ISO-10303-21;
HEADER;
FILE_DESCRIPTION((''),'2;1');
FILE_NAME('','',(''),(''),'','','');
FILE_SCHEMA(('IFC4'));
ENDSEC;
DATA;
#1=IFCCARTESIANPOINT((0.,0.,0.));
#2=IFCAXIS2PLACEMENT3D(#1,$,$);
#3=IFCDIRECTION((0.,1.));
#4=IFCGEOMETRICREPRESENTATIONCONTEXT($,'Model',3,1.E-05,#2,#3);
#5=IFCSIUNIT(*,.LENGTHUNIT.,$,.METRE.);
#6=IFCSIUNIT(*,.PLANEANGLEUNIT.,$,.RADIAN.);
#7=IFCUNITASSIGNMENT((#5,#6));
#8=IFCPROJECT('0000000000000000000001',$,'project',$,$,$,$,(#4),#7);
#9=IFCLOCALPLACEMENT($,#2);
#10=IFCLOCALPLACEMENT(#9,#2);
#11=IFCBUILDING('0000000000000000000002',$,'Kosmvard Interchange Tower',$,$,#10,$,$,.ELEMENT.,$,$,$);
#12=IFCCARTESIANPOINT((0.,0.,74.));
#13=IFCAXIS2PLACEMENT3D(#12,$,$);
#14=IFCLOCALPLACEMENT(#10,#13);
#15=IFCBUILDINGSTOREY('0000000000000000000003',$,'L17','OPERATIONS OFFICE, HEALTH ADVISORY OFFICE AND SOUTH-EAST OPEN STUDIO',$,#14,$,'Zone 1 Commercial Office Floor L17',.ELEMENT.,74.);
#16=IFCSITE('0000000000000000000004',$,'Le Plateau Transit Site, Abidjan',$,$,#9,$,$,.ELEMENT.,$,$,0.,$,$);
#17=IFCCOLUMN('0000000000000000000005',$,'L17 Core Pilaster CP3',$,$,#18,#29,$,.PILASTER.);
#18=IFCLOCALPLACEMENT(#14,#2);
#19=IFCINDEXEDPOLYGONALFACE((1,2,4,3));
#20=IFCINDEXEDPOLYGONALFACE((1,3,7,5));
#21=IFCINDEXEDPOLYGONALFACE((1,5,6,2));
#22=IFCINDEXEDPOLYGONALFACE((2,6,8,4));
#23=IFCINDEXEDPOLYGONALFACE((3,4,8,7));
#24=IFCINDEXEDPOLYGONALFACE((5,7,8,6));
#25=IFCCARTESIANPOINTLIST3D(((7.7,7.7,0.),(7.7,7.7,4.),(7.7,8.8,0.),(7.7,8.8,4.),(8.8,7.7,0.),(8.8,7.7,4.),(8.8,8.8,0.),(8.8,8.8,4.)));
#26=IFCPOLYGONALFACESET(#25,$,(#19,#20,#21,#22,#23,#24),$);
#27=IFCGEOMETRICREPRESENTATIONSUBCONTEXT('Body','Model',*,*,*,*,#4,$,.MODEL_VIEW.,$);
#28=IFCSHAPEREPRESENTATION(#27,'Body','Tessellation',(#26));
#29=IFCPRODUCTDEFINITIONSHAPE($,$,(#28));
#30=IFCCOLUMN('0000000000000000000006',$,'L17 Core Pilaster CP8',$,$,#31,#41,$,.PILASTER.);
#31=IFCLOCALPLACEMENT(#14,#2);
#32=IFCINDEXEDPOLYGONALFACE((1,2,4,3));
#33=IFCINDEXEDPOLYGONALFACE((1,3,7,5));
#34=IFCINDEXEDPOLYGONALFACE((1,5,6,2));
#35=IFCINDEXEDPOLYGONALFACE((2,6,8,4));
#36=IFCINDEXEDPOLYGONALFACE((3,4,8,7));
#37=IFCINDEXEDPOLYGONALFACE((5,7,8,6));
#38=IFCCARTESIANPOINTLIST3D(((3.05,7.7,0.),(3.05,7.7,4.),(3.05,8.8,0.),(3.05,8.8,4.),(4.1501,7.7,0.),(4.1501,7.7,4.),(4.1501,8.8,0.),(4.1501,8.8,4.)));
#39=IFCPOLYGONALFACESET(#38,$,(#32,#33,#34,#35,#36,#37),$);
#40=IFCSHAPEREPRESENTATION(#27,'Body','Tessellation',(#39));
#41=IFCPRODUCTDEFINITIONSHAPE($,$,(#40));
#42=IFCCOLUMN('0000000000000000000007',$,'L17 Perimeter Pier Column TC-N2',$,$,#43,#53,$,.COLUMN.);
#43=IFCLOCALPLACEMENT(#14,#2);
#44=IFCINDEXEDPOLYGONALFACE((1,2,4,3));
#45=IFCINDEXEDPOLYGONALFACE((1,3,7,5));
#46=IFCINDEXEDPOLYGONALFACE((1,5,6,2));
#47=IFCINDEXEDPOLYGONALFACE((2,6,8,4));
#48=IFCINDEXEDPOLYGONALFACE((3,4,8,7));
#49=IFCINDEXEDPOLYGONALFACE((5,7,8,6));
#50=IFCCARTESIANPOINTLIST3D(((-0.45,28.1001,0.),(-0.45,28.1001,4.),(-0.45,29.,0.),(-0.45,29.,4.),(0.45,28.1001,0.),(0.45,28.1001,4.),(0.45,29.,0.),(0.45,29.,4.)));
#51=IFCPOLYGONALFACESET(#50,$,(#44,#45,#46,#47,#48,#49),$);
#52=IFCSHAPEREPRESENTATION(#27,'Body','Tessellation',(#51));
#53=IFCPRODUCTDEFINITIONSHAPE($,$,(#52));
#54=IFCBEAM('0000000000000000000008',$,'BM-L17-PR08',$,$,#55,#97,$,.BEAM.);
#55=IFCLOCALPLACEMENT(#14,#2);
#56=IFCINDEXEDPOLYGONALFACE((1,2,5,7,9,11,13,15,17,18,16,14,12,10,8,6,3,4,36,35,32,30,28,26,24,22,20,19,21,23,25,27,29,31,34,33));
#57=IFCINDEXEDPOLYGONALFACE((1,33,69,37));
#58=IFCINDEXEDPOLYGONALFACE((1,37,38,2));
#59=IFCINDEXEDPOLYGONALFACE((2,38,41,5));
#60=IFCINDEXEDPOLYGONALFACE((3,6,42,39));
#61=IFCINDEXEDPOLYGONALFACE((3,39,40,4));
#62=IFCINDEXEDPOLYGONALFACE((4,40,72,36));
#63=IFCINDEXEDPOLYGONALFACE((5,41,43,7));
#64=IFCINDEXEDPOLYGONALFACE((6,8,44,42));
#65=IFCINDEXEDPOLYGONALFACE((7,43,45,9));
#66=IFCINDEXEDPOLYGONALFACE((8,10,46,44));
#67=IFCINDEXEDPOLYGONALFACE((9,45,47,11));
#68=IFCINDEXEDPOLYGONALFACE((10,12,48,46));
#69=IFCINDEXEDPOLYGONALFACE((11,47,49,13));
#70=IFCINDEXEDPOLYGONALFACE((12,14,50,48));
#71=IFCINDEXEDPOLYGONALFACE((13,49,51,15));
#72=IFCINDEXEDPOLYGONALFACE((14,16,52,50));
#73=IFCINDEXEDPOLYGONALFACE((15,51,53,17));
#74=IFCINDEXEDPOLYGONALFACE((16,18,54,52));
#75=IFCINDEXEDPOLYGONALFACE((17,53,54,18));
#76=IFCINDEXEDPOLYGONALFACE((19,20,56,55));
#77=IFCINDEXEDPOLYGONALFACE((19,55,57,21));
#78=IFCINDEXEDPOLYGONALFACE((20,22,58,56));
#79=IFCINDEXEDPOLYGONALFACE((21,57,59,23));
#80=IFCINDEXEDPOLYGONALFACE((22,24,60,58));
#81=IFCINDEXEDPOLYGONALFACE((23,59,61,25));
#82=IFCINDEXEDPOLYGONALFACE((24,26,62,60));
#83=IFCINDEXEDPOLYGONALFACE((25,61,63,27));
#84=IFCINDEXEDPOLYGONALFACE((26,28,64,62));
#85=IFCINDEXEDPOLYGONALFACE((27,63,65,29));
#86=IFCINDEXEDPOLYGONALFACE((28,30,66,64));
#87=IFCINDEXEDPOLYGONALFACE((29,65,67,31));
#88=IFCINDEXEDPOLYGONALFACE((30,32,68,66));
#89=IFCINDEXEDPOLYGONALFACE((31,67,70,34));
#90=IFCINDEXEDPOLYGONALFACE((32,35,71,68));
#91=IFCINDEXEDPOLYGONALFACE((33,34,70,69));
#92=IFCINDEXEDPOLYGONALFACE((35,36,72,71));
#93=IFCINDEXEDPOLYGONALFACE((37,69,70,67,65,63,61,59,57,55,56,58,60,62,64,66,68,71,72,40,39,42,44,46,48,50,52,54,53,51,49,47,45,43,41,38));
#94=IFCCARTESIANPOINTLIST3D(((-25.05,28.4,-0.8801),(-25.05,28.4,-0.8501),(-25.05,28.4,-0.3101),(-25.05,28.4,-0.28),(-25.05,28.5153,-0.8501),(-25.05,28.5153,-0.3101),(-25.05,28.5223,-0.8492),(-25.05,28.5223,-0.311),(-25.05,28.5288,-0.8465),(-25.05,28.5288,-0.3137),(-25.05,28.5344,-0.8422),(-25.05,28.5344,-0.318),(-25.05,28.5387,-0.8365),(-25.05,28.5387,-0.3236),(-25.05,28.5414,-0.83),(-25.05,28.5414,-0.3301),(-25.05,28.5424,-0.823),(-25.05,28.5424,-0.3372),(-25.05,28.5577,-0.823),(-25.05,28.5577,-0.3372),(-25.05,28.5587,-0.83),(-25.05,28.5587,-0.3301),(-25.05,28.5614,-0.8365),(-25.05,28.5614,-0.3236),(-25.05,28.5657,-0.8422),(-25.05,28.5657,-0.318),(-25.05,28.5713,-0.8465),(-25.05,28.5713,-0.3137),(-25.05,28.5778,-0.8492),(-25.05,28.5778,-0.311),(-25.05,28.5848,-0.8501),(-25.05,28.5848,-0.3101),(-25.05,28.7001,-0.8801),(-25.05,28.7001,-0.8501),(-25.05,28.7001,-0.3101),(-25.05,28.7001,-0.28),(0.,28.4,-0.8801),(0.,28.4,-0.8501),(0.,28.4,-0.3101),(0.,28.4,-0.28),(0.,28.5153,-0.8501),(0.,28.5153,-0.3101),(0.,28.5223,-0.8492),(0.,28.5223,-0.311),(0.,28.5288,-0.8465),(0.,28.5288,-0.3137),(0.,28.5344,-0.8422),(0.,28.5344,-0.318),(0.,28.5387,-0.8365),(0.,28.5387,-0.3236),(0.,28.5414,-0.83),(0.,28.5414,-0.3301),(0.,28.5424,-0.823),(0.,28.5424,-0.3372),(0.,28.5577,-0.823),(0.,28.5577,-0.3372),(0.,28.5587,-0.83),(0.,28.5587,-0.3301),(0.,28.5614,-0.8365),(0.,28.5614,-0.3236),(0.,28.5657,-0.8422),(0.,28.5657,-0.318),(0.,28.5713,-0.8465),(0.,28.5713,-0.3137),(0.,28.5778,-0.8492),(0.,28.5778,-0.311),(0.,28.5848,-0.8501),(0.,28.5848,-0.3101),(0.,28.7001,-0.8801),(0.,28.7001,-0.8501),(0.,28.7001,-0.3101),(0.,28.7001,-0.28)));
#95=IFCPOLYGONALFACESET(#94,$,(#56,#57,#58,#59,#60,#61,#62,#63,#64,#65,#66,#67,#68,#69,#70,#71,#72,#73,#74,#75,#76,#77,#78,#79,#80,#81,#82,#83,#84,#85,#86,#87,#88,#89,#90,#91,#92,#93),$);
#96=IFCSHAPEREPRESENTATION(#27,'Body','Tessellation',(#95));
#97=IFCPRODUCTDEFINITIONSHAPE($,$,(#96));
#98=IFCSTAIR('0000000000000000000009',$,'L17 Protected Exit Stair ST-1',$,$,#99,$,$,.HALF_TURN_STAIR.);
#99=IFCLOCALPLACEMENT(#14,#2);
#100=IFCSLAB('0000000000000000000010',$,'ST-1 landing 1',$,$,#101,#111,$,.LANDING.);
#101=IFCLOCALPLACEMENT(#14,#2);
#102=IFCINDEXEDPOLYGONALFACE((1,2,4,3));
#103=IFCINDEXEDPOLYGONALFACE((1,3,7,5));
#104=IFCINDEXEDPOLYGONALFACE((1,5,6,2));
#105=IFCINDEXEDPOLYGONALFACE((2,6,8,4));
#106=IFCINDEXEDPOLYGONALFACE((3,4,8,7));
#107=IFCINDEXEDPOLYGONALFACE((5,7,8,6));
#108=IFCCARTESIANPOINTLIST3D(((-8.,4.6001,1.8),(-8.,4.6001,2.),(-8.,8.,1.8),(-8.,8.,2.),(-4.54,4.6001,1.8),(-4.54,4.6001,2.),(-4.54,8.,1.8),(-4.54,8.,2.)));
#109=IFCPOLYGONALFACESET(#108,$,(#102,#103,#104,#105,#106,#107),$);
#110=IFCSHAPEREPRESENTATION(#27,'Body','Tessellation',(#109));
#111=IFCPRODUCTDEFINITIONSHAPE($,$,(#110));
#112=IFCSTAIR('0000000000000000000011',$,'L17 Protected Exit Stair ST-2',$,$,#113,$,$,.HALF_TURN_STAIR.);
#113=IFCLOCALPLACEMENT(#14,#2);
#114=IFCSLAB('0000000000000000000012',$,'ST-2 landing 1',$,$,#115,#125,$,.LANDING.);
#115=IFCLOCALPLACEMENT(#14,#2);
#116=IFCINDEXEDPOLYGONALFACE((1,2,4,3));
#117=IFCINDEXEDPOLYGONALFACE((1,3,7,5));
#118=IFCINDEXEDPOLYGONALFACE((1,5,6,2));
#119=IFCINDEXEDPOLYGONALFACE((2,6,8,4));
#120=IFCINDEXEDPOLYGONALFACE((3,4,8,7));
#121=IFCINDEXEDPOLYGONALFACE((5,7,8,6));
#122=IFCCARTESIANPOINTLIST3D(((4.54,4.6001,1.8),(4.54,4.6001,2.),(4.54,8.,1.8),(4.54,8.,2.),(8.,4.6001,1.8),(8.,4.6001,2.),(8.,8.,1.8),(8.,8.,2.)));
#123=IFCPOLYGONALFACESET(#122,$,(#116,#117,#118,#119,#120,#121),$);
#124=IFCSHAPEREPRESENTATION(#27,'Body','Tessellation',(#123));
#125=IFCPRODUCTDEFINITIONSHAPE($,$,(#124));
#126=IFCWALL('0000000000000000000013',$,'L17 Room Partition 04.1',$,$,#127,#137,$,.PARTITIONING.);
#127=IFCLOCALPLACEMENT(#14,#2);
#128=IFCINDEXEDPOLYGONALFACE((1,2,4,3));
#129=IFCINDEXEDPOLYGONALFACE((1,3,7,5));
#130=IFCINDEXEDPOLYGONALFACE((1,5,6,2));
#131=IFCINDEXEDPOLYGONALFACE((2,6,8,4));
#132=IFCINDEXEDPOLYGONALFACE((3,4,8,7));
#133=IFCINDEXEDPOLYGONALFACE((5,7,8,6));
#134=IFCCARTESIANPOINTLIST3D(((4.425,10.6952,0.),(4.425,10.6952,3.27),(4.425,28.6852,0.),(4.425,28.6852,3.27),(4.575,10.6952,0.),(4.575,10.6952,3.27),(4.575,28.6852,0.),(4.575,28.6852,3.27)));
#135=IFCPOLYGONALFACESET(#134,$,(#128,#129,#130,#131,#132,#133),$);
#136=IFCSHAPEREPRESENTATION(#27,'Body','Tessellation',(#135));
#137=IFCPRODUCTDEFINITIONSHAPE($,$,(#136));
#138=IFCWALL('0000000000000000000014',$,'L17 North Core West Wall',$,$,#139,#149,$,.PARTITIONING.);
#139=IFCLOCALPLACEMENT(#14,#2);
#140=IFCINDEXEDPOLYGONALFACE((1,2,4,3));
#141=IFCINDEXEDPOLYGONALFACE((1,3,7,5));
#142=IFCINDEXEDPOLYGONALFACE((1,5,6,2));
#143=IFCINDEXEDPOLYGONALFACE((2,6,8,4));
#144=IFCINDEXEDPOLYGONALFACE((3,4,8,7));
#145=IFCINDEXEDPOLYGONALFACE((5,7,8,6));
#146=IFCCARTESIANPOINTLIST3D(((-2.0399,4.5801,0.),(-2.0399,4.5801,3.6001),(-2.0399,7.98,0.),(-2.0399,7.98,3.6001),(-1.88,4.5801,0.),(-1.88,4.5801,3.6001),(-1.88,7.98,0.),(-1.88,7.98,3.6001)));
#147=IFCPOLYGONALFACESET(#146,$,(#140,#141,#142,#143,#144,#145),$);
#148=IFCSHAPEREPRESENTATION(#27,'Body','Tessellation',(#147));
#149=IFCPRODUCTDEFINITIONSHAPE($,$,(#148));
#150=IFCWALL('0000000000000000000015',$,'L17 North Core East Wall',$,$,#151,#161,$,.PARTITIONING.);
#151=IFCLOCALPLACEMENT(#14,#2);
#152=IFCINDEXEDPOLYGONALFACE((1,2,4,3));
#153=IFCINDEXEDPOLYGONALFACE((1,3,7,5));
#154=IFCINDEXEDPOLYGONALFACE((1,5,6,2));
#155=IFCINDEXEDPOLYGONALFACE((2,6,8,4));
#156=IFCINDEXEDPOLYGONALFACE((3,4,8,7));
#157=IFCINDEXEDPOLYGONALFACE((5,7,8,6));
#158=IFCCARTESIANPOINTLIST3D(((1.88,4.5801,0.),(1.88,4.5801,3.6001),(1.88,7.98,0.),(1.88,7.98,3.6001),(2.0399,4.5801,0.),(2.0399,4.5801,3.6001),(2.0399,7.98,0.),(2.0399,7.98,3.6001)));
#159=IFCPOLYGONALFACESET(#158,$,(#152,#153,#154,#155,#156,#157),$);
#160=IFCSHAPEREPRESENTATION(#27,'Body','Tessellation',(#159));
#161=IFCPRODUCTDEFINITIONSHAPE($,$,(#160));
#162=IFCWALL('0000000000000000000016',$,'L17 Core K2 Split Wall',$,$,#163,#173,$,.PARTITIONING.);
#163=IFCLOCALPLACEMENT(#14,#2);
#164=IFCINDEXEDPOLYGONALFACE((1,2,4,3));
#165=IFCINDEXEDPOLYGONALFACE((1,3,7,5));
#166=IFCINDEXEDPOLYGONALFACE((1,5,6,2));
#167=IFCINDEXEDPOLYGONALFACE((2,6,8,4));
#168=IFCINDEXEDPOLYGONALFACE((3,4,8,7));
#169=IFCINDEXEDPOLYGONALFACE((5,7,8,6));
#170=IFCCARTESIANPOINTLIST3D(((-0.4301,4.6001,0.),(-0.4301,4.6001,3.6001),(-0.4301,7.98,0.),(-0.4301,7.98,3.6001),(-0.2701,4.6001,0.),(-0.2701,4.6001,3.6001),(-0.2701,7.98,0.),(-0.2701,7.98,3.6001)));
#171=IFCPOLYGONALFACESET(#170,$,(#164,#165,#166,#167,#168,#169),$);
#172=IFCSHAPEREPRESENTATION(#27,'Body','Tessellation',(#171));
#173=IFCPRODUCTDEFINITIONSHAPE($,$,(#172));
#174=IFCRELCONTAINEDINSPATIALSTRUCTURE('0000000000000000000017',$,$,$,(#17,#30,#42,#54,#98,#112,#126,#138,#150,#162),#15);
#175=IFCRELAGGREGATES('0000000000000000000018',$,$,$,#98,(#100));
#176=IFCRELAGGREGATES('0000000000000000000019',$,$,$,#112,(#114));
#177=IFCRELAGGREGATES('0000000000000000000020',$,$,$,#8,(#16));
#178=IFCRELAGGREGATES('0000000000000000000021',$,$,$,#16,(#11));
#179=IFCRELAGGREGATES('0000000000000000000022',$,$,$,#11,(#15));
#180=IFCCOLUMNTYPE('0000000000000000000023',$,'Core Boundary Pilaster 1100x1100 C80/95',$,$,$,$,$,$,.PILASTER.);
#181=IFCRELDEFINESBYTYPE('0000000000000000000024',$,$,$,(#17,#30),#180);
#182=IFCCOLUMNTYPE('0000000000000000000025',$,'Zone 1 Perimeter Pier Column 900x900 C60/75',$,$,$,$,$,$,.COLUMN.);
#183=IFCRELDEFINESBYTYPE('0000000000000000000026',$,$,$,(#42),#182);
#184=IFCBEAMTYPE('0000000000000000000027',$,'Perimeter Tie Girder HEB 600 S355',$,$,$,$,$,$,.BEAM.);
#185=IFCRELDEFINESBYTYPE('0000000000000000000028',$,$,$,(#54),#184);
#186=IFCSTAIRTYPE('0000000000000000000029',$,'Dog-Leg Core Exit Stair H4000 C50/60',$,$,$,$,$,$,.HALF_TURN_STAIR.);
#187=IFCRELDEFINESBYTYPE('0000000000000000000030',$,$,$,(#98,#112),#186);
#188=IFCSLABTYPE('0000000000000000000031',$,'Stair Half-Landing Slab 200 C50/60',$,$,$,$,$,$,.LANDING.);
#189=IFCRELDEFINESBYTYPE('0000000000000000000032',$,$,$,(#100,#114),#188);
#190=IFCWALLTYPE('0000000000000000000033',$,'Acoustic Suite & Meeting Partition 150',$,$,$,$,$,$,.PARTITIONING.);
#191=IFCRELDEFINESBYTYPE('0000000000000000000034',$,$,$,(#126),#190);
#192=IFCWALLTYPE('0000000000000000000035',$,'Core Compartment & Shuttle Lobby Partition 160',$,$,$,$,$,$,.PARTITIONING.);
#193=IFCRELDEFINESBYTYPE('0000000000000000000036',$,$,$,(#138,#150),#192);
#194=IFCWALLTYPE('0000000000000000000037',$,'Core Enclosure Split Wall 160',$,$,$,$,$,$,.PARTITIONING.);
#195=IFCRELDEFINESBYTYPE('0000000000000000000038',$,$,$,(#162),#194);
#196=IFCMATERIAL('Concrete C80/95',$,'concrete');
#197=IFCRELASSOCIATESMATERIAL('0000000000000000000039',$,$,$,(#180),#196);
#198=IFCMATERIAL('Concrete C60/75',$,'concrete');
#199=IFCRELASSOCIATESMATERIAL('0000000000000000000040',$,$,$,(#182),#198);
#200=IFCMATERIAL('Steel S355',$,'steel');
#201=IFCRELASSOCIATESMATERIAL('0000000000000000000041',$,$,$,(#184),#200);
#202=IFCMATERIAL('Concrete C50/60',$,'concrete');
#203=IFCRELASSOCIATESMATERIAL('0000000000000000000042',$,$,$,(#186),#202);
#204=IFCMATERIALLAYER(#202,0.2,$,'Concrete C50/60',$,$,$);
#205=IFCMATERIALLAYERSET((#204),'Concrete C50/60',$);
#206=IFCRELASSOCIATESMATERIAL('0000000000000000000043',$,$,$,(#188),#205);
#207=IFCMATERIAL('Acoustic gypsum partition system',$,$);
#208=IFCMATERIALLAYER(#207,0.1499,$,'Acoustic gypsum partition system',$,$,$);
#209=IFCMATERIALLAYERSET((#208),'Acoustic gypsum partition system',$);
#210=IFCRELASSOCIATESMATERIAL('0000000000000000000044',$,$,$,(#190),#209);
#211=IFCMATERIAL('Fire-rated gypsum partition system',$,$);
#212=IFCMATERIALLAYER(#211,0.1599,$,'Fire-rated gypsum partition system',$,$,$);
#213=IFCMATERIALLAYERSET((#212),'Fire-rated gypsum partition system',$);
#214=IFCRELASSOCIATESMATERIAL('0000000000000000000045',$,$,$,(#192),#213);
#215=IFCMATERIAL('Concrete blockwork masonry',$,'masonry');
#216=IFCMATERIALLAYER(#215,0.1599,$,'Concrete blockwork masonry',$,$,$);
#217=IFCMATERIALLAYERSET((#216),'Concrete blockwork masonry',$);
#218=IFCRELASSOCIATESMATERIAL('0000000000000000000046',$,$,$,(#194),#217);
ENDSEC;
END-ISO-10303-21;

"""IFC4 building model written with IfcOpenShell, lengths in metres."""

from ifc_helpers import new_model, si_unit, direction, frame, frame_2d, origin, origin_2d, place, context, subcontext, project, spatial, polyline, rectangle, i_section, outline, extrude, source, transform, mapped, material, layer, layer_set, material_profile, profile_set, type_object, element, aggregate, save


model = new_model("IFC4")

# Units and contexts
model_context = context("Model", 3, precision=1e-05, world=origin(), true_north=direction((0.0, 1.0)))
body_context = subcontext(model_context, "Body", "Model", "MODEL_VIEW")
ifc_project = project(units=[si_unit("LENGTHUNIT", "METRE"), si_unit("PLANEANGLEUNIT", "RADIAN")], contexts=[model_context])

# Site, building, storey
site_placement = place(None, origin())
site = spatial("IfcSite", under=ifc_project, at=site_placement, Name="Le Plateau Transit Site, Abidjan", CompositionType="ELEMENT", RefElevation=0.0)
building_placement = place(site_placement, origin())
building = spatial("IfcBuilding", under=site, at=building_placement, Name="Kosmvard Interchange Tower", CompositionType="ELEMENT")
storey_placement = place(building_placement, frame((0.0, 0.0, 74.0)))
storey = spatial("IfcBuildingStorey", under=building, at=storey_placement, Name="L17", Description="OPERATIONS OFFICE, HEALTH ADVISORY OFFICE AND SOUTH-EAST OPEN STUDIO", LongName="Zone 1 Commercial Office Floor L17", CompositionType="ELEMENT", Elevation=74.0)

# Columns
ifc_material_1 = material(Name="Concrete C80/95", Category="concrete")
ifc_material_profile_1 = material_profile(ifc_material_1, rectangle(XDim=1.1001, YDim=1.1001, at=origin_2d()), Name="CP 1100x1100")
ifc_profile_set_1 = profile_set([ifc_material_profile_1], Name="Concrete C80/95")
column_type_1 = type_object("IfcColumnType", Name="Core Boundary Pilaster 1100x1100 C80/95", PredefinedType="PILASTER", material=ifc_profile_set_1)
shared_shape_1 = source(origin(), body_context, "Body", "SweptSolid", [
    extrude(rectangle(XDim=1.1001, YDim=1.1001, at=origin_2d()), origin(), (0.0, 0.0, 1.0), 4.0),
])
for number, where, z_axis, x_axis, name in (
    (1, (8.25, 8.25, 0.0), (0.0, 0.0, 1.0), (1.0, 0.0, 0.0), "L17 Core Pilaster CP3"),
    (2, (3.6001, 8.25, 0.0), (0.0, 0.0, 1.0), (1.0, 0.0, 0.0), "L17 Core Pilaster CP8"),
):
    element("IfcColumn", number, at=place(storey_placement, frame(where, z_axis=z_axis, x_axis=x_axis)), inside=storey, type_object=column_type_1, Name=name, PredefinedType="PILASTER", context=body_context, shape_type="MappedRepresentation", body=[
        mapped(shared_shape_1, transform((0.0, 0.0, 0.0), scale=1.0)),
    ])
ifc_material_2 = material(Name="Concrete C60/75", Category="concrete")
ifc_material_profile_2 = material_profile(ifc_material_2, rectangle(XDim=0.8999, YDim=0.8999, at=origin_2d()), Name="TC 900x900")
ifc_profile_set_2 = profile_set([ifc_material_profile_2], Name="Concrete C60/75")
column_type_2 = type_object("IfcColumnType", Name="Zone 1 Perimeter Pier Column 900x900 C60/75", PredefinedType="COLUMN", material=ifc_profile_set_2)
shared_shape_2 = source(origin(), body_context, "Body", "SweptSolid", [
    extrude(rectangle(XDim=0.8999, YDim=0.8999, at=origin_2d()), origin(), (0.0, 0.0, 1.0), 4.0),
])
column_placement = place(storey_placement, frame((0.0, 28.55, 0.0), z_axis=(0.0, 0.0, 1.0), x_axis=(1.0, 0.0, 0.0)))
element("IfcColumn", 3, at=column_placement, inside=storey, type_object=column_type_2, Name="L17 Perimeter Pier Column TC-N2", PredefinedType="COLUMN", context=body_context, shape_type="MappedRepresentation", body=[
    mapped(shared_shape_2, transform((0.0, 0.0, 0.0), scale=1.0)),
])

# Beam
ifc_material_3 = material(Name="Steel S355", Category="steel")
ifc_material_profile_3 = material_profile(ifc_material_3, i_section(OverallWidth=0.3, OverallDepth=0.6001, WebThickness=0.0154, FlangeThickness=0.03, FilletRadius=0.0271, at=origin_2d()), Name="HEB 600")
ifc_profile_set_3 = profile_set([ifc_material_profile_3], Name="Steel S355")
beam_type = type_object("IfcBeamType", Name="Perimeter Tie Girder HEB 600 S355", PredefinedType="BEAM", material=ifc_profile_set_3)
shared_shape_3 = source(origin(), body_context, "Body", "SweptSolid", [
    extrude(i_section(OverallWidth=0.3, OverallDepth=0.6001, WebThickness=0.0154, FlangeThickness=0.03, FilletRadius=0.0271, at=origin_2d()), origin(), (0.0, 0.0, 1.0), 25.05),
])
beam_placement = place(storey_placement, frame((0.0, 28.55, -0.5801), z_axis=(-1.0, 0.0, 0.0), x_axis=(0.0, -1.0, 0.0)))
element("IfcBeam", 4, at=beam_placement, inside=storey, type_object=beam_type, Name="BM-L17-PR08", PredefinedType="BEAM", context=body_context, shape_type="MappedRepresentation", body=[
    mapped(shared_shape_3, transform((0.0, 0.0, 0.0), scale=1.0)),
])

# Stairs, slabs
ifc_material_4 = material(Name="Concrete C50/60", Category="concrete")
stair_type = type_object("IfcStairType", Name="Dog-Leg Core Exit Stair H4000 C50/60", PredefinedType="HALF_TURN_STAIR", material=ifc_material_4)
stair_1_placement = place(storey_placement, origin())
stair_1 = element("IfcStair", 5, at=stair_1_placement, inside=storey, type_object=stair_type, Name="L17 Protected Exit Stair ST-1", PredefinedType="HALF_TURN_STAIR")
ifc_layer_1 = layer(ifc_material_4, 0.2, Name="Concrete C50/60")
ifc_layer_set_1 = layer_set([ifc_layer_1], Name="Concrete C50/60")
slab_type = type_object("IfcSlabType", Name="Stair Half-Landing Slab 200 C50/60", PredefinedType="LANDING", material=ifc_layer_set_1)
slab_1_placement = place(storey_placement, frame((0.0, 0.0, 1.8)))
slab_1 = element("IfcSlab", 6, at=slab_1_placement, type_object=slab_type, Name="ST-1 landing 1", PredefinedType="LANDING", context=body_context, shape_type="SweptSolid", body=[
    extrude(outline(polyline([(-4.54, 4.6001), (-4.54, 8.0), (-8.0, 8.0), (-8.0, 4.6001), (-4.54, 4.6001)])), origin(), (0.0, 0.0, 1.0), 0.2),
])
aggregate(stair_1, [slab_1])
stair_2_placement = place(storey_placement, origin())
stair_2 = element("IfcStair", 7, at=stair_2_placement, inside=storey, type_object=stair_type, Name="L17 Protected Exit Stair ST-2", PredefinedType="HALF_TURN_STAIR")
slab_2_placement = place(storey_placement, frame((0.0, 0.0, 1.8)))
slab_2 = element("IfcSlab", 8, at=slab_2_placement, type_object=slab_type, Name="ST-2 landing 1", PredefinedType="LANDING", context=body_context, shape_type="SweptSolid", body=[
    extrude(outline(polyline([(8.0, 4.6001), (8.0, 8.0), (4.54, 8.0), (4.54, 4.6001), (8.0, 4.6001)])), origin(), (0.0, 0.0, 1.0), 0.2),
])

# Walls
ifc_material_5 = material(Name="Acoustic gypsum partition system")
ifc_layer_2 = layer(ifc_material_5, 0.1499, Name="Acoustic gypsum partition system")
ifc_layer_set_2 = layer_set([ifc_layer_2], Name="Acoustic gypsum partition system")
wall_type_1 = type_object("IfcWallType", Name="Acoustic Suite & Meeting Partition 150", PredefinedType="PARTITIONING", material=ifc_layer_set_2)
wall_1_placement = place(storey_placement, frame((4.5, 10.6951, 0.0), z_axis=(0.0, 0.0, 1.0), x_axis=(0.0, 1.0, 0.0)))
element("IfcWall", 9, at=wall_1_placement, inside=storey, type_object=wall_type_1, Name="L17 Room Partition 04.1", PredefinedType="PARTITIONING", context=body_context, shape_type="SweptSolid", body=[
    extrude(rectangle(XDim=17.99, YDim=0.1499, at=frame_2d((8.9951, 0.0))), origin(), (0.0, 0.0, 1.0), 3.27),
])
ifc_material_6 = material(Name="Fire-rated gypsum partition system")
ifc_layer_3 = layer(ifc_material_6, 0.1599, Name="Fire-rated gypsum partition system")
ifc_layer_set_3 = layer_set([ifc_layer_3], Name="Fire-rated gypsum partition system")
wall_type_2 = type_object("IfcWallType", Name="Core Compartment & Shuttle Lobby Partition 160", PredefinedType="PARTITIONING", material=ifc_layer_set_3)
for number, where, z_axis, x_axis, name in (
    (10, (-1.96, 4.5801, 0.0), (0.0, 0.0, 1.0), (0.0, 1.0, 0.0), "L17 North Core West Wall"),
    (11, (1.96, 4.5801, 0.0), (0.0, 0.0, 1.0), (0.0, 1.0, 0.0), "L17 North Core East Wall"),
):
    element("IfcWall", number, at=place(storey_placement, frame(where, z_axis=z_axis, x_axis=x_axis)), inside=storey, type_object=wall_type_2, Name=name, PredefinedType="PARTITIONING", context=body_context, shape_type="SweptSolid", body=[
        extrude(rectangle(XDim=3.3999, YDim=0.1599, at=frame_2d((1.7, 0.0))), origin(), (0.0, 0.0, 1.0), 3.6001),
    ])
ifc_material_7 = material(Name="Concrete blockwork masonry", Category="masonry")
ifc_layer_4 = layer(ifc_material_7, 0.1599, Name="Concrete blockwork masonry")
ifc_layer_set_4 = layer_set([ifc_layer_4], Name="Concrete blockwork masonry")
wall_type_3 = type_object("IfcWallType", Name="Core Enclosure Split Wall 160", PredefinedType="PARTITIONING", material=ifc_layer_set_4)
wall_2_placement = place(storey_placement, frame((-0.3501, 4.6001, 0.0), z_axis=(0.0, 0.0, 1.0), x_axis=(0.0, 1.0, 0.0)))
element("IfcWall", 12, at=wall_2_placement, inside=storey, type_object=wall_type_3, Name="L17 Core K2 Split Wall", PredefinedType="PARTITIONING", context=body_context, shape_type="SweptSolid", body=[
    extrude(rectangle(XDim=3.3799, YDim=0.1599, at=frame_2d((1.6899, 0.0))), origin(), (0.0, 0.0, 1.0), 3.6001),
])

aggregate(stair_2, [slab_2])

save(model, "model.ifc")
